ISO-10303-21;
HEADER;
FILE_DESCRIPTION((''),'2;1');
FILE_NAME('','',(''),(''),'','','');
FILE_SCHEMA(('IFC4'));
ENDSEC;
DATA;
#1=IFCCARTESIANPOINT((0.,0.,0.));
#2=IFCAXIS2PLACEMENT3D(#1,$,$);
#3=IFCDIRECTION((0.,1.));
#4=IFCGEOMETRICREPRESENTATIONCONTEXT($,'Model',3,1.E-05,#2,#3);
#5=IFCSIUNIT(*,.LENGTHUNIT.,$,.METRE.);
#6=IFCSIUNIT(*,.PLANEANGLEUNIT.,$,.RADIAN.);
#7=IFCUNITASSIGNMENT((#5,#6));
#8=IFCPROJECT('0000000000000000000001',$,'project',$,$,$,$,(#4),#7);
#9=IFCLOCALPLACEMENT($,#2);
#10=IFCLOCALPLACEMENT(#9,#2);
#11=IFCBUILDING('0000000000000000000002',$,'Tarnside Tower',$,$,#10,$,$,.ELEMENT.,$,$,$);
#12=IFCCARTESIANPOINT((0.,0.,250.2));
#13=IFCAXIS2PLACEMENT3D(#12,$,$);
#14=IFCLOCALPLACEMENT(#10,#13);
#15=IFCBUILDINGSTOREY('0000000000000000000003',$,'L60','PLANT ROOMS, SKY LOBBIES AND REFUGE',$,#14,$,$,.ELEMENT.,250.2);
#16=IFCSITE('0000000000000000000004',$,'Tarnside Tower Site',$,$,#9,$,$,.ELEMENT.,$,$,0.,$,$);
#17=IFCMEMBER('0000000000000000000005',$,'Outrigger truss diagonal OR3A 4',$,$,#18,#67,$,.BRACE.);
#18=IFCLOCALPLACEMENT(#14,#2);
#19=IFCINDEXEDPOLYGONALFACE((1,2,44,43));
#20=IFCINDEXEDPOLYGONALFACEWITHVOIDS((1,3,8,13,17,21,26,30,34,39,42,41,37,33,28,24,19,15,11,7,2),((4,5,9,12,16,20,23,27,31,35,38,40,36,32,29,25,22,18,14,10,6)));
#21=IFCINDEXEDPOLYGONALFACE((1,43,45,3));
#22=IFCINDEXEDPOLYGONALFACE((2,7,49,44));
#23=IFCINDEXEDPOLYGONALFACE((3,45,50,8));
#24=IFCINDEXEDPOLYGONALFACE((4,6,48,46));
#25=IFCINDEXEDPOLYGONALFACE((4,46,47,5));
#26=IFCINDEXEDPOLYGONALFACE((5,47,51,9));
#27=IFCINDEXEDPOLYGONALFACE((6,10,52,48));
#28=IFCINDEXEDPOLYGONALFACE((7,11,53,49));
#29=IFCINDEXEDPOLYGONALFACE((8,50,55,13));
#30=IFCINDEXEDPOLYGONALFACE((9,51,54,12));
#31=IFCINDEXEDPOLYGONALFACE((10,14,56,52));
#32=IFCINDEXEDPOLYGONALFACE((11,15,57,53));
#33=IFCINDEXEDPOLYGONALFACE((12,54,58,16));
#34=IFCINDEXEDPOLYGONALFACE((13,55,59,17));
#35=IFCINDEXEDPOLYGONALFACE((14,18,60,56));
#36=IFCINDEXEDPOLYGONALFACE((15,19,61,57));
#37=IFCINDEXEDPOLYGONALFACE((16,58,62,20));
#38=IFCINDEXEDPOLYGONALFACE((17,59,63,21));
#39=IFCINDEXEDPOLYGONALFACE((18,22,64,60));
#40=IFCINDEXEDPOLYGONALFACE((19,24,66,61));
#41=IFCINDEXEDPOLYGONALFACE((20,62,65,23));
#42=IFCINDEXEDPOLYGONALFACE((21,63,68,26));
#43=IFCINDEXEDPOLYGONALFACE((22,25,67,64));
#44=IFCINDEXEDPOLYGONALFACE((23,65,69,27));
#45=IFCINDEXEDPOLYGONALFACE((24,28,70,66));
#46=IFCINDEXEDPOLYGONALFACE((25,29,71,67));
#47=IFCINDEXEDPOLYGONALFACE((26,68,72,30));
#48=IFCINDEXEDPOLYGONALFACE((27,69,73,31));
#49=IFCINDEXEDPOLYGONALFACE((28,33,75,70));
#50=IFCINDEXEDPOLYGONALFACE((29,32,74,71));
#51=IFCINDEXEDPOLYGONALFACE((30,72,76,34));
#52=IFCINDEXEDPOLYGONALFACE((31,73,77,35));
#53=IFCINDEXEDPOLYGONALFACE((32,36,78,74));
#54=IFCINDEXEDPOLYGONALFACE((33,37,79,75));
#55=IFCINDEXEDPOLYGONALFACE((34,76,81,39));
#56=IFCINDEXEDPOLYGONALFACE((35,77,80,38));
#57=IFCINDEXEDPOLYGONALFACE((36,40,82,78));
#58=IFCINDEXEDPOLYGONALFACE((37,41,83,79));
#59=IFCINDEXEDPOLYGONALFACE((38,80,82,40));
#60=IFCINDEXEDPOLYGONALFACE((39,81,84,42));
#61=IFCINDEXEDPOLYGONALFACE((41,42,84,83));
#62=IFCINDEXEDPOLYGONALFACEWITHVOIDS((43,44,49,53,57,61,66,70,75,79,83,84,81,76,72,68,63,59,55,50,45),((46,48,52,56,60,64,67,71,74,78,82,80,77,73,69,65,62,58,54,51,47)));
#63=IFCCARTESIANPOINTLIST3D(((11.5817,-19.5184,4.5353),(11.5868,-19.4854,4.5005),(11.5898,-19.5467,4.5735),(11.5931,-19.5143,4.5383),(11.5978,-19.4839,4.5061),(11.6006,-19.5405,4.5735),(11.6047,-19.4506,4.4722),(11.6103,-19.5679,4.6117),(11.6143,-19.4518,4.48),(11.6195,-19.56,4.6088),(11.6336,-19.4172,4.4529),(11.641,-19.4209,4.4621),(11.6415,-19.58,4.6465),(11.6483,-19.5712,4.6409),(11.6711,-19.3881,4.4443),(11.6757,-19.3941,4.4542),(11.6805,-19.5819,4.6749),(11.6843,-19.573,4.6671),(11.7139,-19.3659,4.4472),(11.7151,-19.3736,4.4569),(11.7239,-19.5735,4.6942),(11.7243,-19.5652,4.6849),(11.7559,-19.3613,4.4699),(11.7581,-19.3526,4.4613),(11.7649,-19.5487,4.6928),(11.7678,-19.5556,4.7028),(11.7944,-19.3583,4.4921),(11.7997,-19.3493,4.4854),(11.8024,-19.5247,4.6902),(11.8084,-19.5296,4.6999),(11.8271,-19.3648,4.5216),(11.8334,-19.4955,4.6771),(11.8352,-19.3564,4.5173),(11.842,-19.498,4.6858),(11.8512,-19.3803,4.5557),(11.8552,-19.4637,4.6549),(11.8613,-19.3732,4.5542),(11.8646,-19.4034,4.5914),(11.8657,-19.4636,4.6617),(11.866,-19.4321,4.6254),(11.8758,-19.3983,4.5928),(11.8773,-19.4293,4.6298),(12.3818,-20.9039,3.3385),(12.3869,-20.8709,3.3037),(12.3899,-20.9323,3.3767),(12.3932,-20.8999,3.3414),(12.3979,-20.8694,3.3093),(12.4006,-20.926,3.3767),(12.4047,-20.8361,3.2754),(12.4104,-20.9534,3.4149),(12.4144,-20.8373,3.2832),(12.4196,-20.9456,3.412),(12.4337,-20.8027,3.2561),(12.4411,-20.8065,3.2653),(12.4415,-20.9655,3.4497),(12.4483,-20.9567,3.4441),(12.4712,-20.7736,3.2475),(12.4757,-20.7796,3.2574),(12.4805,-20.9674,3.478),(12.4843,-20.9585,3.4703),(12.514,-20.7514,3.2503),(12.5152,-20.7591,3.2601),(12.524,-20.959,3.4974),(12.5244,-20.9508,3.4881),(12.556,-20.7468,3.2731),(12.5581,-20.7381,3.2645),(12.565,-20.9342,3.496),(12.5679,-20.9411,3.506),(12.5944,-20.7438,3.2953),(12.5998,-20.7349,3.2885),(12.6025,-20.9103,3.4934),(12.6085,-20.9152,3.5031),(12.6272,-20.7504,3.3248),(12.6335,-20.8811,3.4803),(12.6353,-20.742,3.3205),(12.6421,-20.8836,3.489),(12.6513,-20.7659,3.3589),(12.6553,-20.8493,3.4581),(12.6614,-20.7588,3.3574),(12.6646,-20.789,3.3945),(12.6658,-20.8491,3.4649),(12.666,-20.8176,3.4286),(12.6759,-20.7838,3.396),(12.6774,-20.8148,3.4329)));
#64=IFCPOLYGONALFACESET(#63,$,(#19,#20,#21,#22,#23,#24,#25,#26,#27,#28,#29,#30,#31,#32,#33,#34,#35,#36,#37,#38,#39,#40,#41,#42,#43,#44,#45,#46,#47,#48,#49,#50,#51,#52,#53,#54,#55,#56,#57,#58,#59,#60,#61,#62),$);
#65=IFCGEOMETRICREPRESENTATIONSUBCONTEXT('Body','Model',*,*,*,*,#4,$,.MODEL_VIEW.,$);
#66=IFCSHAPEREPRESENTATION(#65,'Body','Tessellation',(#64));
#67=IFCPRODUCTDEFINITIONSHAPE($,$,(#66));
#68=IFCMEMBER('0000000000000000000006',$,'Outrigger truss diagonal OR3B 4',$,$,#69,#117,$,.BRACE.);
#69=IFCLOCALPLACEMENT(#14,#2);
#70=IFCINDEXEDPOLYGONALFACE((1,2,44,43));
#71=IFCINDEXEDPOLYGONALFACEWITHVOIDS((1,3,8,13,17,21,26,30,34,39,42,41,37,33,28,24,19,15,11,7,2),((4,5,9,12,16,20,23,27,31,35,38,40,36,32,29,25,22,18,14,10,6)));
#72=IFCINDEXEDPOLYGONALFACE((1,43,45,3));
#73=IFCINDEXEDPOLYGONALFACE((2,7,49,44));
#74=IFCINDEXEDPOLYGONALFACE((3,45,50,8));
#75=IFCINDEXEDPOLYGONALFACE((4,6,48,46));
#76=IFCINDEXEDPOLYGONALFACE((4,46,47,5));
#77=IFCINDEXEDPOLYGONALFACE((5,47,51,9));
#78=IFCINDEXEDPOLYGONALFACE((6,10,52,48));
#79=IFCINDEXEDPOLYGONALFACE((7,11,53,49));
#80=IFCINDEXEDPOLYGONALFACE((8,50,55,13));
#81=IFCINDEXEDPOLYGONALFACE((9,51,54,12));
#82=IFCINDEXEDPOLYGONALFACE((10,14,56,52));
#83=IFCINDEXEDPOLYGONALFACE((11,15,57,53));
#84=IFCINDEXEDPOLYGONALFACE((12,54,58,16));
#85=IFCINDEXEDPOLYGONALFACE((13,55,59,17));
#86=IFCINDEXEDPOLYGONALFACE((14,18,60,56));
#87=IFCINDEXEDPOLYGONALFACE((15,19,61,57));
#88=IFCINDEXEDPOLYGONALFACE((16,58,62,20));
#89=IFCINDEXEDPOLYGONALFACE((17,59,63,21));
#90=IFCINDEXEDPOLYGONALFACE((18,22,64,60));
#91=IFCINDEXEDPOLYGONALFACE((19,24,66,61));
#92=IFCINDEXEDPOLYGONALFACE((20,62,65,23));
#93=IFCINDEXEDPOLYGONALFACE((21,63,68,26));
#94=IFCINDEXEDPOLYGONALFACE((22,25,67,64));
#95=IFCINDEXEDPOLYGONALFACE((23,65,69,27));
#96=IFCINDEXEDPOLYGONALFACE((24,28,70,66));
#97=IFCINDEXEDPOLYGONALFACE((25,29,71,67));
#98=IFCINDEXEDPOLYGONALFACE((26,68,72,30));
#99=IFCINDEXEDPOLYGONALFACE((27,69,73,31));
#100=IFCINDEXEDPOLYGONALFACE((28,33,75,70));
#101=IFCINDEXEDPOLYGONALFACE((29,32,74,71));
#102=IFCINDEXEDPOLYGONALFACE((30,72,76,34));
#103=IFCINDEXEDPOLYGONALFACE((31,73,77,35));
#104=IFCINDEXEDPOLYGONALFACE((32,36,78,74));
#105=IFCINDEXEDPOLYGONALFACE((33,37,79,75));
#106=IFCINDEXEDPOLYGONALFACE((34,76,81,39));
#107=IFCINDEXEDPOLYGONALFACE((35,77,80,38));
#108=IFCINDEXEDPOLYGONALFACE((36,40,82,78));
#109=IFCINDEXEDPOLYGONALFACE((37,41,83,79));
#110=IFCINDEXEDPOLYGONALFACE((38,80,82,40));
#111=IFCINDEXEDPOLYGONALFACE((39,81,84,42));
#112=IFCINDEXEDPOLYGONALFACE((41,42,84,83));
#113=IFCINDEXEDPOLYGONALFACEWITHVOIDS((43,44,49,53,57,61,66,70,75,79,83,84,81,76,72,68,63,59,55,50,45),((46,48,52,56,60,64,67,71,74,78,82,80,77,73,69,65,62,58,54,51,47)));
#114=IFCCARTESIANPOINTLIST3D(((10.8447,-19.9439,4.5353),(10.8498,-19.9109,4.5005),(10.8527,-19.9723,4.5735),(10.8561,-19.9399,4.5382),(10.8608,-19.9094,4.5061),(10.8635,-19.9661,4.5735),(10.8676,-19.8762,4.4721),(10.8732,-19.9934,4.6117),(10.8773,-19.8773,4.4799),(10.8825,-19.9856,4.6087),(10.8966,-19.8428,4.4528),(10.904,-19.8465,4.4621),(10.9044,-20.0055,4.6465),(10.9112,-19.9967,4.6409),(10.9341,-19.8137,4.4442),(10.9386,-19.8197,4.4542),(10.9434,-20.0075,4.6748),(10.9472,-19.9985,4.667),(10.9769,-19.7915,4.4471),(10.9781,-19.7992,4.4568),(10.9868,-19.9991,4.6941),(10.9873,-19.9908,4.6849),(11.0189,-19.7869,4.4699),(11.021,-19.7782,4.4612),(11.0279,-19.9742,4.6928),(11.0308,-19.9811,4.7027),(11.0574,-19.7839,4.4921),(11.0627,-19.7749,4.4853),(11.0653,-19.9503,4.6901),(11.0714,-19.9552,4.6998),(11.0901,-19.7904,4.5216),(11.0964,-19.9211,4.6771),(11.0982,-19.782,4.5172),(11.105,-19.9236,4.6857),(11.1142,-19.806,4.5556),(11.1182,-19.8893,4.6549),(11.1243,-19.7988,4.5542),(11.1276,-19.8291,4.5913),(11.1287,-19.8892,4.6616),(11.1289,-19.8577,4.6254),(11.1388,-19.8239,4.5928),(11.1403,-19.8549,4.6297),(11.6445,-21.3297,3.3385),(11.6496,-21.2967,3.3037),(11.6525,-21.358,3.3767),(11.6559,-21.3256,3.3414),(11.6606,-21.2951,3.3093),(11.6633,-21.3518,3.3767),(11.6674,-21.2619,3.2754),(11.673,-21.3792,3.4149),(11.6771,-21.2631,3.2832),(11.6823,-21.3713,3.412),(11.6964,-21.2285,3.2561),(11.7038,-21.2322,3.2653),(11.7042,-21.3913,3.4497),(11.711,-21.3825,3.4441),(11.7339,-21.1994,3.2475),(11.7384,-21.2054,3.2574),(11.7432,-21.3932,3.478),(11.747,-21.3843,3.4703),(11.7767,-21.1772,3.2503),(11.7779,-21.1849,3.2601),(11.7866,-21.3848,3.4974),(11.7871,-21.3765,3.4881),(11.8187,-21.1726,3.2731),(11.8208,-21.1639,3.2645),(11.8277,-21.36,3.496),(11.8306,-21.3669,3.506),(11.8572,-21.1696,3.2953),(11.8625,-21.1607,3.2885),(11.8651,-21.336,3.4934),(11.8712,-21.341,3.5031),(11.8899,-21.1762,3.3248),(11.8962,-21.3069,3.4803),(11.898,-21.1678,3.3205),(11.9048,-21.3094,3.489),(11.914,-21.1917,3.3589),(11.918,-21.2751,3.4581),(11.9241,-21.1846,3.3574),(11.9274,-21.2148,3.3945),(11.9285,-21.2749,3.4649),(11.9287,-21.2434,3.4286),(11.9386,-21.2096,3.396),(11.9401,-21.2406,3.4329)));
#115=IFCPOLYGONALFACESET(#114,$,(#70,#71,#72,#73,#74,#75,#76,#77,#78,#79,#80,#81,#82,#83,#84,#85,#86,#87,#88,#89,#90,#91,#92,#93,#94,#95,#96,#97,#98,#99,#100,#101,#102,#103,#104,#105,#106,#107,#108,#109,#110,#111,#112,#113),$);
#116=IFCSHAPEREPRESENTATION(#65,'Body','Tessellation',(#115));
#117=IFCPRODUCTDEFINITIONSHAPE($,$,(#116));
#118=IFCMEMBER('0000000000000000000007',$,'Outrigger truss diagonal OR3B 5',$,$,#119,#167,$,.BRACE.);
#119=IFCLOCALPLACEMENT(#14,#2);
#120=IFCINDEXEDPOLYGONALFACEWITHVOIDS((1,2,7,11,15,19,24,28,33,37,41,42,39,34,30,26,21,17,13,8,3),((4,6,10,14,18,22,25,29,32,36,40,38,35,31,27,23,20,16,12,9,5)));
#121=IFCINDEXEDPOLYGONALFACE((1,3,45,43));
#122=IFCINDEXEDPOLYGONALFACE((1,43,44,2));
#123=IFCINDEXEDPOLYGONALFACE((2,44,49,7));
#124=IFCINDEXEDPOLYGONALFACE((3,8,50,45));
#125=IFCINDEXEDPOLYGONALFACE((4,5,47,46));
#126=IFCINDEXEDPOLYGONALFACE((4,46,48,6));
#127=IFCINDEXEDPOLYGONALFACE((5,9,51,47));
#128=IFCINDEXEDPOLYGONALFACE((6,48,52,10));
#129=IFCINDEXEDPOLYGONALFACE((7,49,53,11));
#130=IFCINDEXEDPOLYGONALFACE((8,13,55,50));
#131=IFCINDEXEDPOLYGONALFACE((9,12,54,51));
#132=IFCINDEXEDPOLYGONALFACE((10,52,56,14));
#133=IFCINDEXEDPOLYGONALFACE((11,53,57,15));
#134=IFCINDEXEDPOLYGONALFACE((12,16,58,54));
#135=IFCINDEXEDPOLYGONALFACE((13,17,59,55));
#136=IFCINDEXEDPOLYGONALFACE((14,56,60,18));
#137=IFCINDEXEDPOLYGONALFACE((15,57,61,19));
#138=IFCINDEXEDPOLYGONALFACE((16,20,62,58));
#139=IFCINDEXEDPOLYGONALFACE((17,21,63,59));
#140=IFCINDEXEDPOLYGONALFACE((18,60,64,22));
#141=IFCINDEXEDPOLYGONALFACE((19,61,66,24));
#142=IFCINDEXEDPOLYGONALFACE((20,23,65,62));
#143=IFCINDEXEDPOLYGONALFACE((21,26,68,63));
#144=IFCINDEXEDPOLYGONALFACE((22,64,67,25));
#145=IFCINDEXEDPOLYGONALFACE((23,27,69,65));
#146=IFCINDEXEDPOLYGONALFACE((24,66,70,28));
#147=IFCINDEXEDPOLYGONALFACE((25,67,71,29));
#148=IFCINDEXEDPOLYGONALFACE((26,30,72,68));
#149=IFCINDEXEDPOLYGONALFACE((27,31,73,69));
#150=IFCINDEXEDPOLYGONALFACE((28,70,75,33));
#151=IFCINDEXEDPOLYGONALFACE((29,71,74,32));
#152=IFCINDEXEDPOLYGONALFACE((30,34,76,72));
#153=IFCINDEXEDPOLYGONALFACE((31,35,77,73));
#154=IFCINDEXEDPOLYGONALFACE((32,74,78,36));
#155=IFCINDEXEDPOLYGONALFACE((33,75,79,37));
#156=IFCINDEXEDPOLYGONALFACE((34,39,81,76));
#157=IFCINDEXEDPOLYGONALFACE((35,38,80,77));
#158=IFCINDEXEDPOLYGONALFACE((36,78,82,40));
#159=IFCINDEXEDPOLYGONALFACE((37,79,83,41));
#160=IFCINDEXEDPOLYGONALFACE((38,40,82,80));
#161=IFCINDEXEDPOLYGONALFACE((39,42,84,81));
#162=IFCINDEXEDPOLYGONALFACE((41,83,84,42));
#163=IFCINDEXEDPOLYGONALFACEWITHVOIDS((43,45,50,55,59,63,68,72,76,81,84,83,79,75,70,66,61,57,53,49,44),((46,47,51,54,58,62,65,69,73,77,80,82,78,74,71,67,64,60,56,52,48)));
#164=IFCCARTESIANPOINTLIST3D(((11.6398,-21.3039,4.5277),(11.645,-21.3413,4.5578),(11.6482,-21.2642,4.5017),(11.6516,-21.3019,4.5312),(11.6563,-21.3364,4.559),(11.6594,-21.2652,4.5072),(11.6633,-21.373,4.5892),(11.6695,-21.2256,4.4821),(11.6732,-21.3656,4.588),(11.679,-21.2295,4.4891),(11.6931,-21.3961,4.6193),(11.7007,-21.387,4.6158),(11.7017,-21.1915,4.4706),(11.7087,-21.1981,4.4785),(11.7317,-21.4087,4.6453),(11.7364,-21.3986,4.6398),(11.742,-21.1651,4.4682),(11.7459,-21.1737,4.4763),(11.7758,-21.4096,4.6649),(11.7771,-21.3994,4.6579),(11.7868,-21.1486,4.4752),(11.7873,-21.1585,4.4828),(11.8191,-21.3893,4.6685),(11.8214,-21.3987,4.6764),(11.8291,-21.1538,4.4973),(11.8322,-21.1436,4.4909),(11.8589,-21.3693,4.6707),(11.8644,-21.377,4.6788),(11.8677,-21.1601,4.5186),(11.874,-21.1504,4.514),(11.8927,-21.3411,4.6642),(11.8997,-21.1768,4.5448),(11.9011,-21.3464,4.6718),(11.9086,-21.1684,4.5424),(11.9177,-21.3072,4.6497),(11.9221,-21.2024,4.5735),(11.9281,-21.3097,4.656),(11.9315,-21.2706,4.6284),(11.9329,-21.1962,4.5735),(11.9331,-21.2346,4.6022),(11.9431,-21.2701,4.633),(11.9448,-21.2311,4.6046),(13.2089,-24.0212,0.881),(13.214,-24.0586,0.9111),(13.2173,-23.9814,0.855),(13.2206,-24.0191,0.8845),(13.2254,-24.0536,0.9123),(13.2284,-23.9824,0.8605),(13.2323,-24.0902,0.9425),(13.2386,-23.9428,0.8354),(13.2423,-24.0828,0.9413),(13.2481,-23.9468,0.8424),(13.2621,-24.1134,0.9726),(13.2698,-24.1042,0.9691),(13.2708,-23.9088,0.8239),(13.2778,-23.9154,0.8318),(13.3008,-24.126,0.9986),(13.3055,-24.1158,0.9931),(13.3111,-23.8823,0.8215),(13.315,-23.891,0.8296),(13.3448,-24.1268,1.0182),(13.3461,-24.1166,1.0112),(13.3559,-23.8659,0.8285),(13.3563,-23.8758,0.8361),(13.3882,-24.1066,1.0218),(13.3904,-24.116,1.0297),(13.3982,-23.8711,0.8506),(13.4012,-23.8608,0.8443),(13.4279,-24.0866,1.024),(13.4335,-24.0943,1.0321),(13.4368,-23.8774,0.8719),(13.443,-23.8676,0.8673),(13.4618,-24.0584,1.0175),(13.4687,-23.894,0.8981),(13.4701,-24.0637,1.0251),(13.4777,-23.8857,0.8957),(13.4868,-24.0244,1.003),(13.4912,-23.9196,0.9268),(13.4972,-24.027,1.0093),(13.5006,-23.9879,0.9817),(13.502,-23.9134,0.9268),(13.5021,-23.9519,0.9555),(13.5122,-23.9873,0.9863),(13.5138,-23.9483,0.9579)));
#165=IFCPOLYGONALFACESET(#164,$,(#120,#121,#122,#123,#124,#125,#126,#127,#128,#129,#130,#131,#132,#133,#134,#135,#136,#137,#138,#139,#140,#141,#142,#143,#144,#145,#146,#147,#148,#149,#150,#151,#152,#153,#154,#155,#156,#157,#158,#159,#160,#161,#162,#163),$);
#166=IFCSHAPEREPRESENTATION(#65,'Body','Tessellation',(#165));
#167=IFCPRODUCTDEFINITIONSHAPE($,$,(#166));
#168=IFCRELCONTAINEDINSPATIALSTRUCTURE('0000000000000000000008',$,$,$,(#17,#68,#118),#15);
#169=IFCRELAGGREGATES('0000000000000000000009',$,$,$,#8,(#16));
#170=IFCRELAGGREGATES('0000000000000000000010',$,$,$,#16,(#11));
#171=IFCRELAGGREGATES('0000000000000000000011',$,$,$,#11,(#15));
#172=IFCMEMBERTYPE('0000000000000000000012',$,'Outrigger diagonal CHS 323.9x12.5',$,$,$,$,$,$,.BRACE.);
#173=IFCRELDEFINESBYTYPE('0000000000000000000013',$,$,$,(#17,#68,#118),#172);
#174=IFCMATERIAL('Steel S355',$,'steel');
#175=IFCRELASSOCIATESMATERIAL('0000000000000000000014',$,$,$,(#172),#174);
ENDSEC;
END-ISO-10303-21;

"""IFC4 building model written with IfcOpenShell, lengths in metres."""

from ifc_helpers import new_model, si_unit, direction, frame, origin, origin_2d, place, context, subcontext, project, spatial, hollow_circle, extrude, material, material_profile, profile_set, type_object, element, save


model = new_model("IFC4")

# Units and contexts
model_context = context("Model", 3, precision=1e-05, world=origin(), true_north=direction((0.0, 1.0)))
body_context = subcontext(model_context, "Body", "Model", "MODEL_VIEW")
ifc_project = project(units=[si_unit("LENGTHUNIT", "METRE"), si_unit("PLANEANGLEUNIT", "RADIAN")], contexts=[model_context])

# Site, building, storey
site_placement = place(None, origin())
site = spatial("IfcSite", under=ifc_project, at=site_placement, Name="Tarnside Tower Site", CompositionType="ELEMENT", RefElevation=0.0)
building_placement = place(site_placement, origin())
building = spatial("IfcBuilding", under=site, at=building_placement, Name="Tarnside Tower", CompositionType="ELEMENT")
storey_placement = place(building_placement, frame((0.0, 0.0, 250.2)))
storey = spatial("IfcBuildingStorey", under=building, at=storey_placement, Name="L60", Description="PLANT ROOMS, SKY LOBBIES AND REFUGE", CompositionType="ELEMENT", Elevation=250.2)

# Shared definitions
ifc_material_1 = material(Name="Steel S355", Category="steel")

# Members
ifc_material_profile_1 = material_profile(ifc_material_1, hollow_circle(Radius=0.1619, WallThickness=0.0125, at=origin_2d()), Name="CHS 323.9x12.5")
ifc_profile_set_1 = profile_set([ifc_material_profile_1], Name="Steel S355")
member_type_1 = type_object("IfcMemberType", Name="Outrigger diagonal CHS 323.9x12.5", PredefinedType="BRACE", material=ifc_profile_set_1)
for number, where, z_axis, x_axis, name in (
    (1, (12.53, -20.8513, 3.3767), (-0.400427, 0.693446, 0.598991), (-0.86599, -0.500061, 0.0), "Outrigger truss diagonal OR3A 4"),
    (2, (11.7927, -21.2771, 3.3767), (-0.400291, 0.693544, 0.59897), (-0.866094, -0.499881, 0.0), "Outrigger truss diagonal OR3B 4"),
):
    element("IfcMember", number, at=place(storey_placement, frame(where, z_axis=z_axis, x_axis=x_axis)), inside=storey, type_object=member_type_1, Name=name, PredefinedType="BRACE", context=body_context, shape_type="SweptSolid", body=[
        extrude(hollow_circle(Radius=0.1619, WallThickness=0.0125, at=origin_2d()), origin(), (0.0, 0.0, 1.0), 1.998),
    ])
member_1_placement = place(storey_placement, frame((11.7927, -21.2771, 4.5735), z_axis=(0.326157, -0.564824, -0.758021), x_axis=(0.865989, 0.500064, 0.0)))
element("IfcMember", 3, at=member_1_placement, inside=storey, type_object=member_type_1, Name="Outrigger truss diagonal OR3B 5", PredefinedType="BRACE", context=body_context, shape_type="SweptSolid", body=[
    extrude(hollow_circle(Radius=0.1619, WallThickness=0.0125, at=origin_2d()), origin(), (0.0, 0.0, 1.0), 4.8108),
])

save(model, "model.ifc")
